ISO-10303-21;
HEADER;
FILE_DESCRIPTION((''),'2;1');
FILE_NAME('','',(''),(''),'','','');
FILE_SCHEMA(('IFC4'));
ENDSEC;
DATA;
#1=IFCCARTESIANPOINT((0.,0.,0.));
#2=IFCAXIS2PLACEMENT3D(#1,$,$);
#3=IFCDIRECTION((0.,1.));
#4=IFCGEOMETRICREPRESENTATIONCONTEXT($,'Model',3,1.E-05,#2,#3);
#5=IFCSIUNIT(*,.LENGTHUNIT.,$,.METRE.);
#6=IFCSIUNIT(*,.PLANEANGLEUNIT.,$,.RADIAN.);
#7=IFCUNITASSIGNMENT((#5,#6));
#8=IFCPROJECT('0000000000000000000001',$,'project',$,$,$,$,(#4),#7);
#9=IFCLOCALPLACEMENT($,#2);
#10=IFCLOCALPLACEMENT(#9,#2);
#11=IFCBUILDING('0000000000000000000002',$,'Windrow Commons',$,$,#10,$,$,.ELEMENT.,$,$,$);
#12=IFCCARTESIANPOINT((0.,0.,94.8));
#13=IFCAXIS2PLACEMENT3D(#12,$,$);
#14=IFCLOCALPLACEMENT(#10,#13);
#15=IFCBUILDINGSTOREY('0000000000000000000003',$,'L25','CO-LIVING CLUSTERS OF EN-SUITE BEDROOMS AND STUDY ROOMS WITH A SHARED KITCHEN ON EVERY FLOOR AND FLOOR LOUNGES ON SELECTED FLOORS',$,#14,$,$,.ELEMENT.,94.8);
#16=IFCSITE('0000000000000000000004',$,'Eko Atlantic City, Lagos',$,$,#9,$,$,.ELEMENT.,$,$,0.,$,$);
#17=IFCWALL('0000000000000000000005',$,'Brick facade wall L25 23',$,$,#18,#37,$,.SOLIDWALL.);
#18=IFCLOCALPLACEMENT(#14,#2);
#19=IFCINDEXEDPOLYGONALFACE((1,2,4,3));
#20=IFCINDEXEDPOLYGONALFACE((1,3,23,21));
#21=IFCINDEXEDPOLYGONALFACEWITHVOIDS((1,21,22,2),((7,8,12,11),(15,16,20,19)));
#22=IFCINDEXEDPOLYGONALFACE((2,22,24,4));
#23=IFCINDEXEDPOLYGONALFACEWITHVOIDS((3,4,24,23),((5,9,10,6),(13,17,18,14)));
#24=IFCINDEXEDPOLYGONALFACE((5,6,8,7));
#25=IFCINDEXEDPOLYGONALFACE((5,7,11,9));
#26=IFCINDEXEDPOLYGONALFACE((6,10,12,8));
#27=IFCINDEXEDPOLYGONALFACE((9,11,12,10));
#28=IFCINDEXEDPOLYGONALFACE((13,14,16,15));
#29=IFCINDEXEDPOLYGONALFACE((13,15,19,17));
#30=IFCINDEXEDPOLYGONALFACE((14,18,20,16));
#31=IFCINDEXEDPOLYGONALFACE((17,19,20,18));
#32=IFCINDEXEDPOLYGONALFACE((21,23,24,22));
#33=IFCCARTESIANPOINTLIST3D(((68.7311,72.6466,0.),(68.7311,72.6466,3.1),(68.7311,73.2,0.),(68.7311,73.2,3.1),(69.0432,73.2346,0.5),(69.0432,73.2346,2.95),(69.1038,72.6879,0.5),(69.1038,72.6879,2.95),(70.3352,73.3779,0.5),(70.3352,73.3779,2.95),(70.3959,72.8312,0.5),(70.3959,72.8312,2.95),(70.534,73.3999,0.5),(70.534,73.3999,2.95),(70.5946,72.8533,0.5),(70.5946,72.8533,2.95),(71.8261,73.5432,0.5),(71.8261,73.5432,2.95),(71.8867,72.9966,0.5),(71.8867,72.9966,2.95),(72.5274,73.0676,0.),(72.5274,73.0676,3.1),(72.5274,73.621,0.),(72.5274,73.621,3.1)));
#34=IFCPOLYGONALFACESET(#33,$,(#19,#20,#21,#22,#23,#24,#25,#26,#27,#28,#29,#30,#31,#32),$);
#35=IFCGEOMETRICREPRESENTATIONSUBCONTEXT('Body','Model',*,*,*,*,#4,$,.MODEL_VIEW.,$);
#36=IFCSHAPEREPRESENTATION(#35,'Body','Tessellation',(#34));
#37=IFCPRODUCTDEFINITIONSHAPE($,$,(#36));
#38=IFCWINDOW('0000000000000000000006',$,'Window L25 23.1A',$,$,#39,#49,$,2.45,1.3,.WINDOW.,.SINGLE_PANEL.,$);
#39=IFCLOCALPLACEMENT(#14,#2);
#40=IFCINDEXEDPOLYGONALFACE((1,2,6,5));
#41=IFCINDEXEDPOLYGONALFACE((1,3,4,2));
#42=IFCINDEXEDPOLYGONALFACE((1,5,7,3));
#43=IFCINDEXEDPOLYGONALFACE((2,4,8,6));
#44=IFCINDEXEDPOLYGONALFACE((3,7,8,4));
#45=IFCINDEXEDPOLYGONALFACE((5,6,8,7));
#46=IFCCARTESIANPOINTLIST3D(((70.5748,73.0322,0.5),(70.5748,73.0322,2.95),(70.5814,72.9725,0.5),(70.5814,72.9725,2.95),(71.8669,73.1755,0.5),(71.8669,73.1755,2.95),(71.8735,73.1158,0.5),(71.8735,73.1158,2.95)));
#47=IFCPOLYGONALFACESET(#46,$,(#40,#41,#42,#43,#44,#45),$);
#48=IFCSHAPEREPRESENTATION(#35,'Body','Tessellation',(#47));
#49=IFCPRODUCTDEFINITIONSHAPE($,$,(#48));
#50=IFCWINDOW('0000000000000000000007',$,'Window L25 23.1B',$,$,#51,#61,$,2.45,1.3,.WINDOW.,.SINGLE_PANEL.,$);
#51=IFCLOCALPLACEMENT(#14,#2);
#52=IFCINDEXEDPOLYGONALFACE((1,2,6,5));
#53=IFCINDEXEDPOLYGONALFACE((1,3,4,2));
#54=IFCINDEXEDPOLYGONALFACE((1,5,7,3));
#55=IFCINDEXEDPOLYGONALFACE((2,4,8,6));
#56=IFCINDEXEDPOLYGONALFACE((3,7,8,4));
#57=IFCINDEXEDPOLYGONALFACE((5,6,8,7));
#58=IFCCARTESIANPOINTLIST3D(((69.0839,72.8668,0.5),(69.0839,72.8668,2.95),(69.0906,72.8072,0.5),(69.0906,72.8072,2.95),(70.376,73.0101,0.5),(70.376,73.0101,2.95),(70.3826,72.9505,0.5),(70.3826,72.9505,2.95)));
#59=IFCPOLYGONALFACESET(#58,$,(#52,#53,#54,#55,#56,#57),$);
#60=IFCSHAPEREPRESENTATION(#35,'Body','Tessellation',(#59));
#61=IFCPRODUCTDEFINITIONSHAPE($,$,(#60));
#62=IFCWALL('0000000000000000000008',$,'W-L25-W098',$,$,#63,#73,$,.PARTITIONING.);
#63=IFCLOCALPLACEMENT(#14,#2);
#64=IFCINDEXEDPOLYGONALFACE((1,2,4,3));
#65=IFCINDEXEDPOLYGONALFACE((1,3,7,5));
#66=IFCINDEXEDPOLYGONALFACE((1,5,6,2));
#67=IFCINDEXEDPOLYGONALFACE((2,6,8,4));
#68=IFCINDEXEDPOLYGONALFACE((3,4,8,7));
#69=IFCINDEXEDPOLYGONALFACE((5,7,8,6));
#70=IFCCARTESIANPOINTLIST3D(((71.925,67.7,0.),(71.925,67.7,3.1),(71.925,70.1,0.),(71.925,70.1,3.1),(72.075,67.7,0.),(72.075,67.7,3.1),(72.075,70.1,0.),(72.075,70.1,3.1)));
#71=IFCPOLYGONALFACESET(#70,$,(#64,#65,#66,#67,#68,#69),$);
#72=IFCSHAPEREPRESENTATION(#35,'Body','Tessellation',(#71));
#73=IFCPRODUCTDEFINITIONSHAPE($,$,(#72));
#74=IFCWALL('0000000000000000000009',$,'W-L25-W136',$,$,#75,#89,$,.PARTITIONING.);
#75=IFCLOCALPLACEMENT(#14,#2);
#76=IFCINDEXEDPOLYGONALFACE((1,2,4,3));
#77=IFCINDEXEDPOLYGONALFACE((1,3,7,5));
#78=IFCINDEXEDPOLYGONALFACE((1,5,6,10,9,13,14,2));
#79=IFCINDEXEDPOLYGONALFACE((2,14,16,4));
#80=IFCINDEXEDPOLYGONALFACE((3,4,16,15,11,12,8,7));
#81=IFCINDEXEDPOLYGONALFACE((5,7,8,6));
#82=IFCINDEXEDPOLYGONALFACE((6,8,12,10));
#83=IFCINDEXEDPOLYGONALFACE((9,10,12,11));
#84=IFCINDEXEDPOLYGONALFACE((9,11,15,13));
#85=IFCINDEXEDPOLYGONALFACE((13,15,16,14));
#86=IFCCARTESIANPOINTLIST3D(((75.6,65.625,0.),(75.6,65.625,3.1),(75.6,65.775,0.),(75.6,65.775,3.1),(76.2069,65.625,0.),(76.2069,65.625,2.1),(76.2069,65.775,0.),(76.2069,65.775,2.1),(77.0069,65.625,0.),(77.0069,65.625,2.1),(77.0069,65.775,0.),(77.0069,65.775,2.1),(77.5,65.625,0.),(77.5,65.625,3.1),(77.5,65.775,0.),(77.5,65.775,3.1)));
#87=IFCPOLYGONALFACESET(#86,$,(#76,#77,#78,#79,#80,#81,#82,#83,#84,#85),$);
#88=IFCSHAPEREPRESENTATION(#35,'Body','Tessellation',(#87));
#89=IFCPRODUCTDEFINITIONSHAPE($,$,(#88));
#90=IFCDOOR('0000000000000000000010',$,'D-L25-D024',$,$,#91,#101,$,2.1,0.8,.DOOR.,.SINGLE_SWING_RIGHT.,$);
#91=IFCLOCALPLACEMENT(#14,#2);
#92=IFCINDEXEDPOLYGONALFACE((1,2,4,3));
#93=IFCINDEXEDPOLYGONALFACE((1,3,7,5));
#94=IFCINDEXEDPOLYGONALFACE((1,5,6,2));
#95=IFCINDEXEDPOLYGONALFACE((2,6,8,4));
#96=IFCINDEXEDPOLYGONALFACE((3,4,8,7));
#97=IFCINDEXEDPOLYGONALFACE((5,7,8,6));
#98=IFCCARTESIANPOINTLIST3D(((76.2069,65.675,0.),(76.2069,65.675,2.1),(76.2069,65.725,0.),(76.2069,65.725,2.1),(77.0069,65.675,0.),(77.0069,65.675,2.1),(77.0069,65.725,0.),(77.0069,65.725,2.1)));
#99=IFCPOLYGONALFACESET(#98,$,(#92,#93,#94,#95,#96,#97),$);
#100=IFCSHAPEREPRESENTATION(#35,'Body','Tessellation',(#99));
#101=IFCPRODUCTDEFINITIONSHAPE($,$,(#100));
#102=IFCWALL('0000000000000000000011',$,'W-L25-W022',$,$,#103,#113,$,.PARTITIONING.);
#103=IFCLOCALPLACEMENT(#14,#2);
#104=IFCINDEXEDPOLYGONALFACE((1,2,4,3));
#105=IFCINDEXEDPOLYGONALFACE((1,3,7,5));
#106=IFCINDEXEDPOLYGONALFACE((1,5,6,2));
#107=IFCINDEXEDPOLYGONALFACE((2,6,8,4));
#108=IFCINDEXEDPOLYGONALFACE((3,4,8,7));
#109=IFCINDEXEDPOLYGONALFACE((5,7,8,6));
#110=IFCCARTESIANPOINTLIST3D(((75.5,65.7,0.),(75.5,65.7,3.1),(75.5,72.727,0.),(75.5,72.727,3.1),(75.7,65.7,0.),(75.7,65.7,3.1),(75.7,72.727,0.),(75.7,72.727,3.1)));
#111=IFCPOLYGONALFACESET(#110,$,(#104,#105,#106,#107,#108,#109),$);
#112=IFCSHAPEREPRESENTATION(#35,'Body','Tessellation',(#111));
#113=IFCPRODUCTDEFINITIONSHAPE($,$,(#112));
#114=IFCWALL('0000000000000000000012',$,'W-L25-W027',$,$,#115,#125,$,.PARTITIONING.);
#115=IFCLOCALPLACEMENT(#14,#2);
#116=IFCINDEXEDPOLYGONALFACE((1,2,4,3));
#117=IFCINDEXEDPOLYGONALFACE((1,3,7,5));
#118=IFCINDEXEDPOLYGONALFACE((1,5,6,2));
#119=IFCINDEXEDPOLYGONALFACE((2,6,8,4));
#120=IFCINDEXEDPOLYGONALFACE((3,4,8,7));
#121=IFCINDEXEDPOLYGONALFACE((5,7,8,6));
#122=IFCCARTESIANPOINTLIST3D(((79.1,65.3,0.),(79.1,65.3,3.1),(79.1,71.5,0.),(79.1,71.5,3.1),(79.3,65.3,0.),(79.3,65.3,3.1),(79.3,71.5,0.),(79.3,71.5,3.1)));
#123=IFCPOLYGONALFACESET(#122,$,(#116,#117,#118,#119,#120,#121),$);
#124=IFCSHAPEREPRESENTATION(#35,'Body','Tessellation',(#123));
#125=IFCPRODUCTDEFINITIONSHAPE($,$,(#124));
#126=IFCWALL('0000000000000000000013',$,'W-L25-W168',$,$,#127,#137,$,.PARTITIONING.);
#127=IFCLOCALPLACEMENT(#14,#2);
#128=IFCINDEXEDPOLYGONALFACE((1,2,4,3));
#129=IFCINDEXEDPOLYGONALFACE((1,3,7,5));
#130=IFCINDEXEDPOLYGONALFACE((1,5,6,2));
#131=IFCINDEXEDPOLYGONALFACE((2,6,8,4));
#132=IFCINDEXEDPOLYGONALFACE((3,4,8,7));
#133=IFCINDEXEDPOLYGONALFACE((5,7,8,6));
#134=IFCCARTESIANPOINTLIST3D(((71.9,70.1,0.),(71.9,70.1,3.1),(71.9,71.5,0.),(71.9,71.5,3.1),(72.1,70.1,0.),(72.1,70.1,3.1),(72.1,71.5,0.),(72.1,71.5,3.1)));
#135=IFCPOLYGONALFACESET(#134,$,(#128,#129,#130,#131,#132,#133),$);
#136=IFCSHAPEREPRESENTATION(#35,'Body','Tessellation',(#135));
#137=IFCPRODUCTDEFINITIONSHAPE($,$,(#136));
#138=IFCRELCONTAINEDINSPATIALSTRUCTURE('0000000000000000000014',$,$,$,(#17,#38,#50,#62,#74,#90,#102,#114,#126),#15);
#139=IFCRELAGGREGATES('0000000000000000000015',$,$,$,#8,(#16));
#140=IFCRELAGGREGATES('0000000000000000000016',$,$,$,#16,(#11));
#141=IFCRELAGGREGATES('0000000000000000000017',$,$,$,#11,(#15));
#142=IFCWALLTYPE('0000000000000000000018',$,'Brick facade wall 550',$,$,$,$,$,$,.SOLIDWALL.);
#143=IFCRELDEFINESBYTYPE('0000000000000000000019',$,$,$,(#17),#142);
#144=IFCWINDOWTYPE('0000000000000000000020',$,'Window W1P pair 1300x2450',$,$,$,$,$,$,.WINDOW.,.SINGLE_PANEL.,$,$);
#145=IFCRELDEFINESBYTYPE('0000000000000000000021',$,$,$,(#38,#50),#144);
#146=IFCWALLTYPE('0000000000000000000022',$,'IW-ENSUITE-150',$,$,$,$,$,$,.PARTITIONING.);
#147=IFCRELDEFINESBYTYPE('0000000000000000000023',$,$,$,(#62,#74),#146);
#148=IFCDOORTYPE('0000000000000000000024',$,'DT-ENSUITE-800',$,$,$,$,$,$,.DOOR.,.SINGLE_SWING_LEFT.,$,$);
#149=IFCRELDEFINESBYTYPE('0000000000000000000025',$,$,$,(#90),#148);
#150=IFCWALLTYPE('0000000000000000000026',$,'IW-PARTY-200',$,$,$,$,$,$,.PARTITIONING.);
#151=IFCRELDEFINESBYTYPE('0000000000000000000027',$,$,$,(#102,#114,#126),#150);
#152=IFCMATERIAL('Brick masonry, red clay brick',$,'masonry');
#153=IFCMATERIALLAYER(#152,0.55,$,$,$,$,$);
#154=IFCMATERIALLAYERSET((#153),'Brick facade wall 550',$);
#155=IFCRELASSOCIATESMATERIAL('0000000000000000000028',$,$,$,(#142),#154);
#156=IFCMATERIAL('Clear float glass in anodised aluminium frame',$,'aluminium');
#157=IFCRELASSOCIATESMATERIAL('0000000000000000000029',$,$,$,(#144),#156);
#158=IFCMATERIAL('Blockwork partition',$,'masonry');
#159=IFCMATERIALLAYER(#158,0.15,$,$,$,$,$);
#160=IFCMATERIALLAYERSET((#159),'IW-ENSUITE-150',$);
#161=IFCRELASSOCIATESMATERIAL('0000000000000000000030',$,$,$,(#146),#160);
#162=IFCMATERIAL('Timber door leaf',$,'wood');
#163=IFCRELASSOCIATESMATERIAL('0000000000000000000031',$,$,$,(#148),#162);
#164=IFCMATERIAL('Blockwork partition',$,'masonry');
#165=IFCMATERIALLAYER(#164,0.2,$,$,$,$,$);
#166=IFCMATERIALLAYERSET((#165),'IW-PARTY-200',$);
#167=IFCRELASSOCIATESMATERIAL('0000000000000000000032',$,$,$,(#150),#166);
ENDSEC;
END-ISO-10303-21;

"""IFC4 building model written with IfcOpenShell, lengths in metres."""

from ifc_helpers import new_model, si_unit, direction, frame, frame_2d, origin, place, context, subcontext, project, spatial, polyline, rectangle, outline, extrude, material, layer, layer_set, type_object, element, fill, save


model = new_model("IFC4")

# Units and contexts
model_context = context("Model", 3, precision=1e-05, world=origin(), true_north=direction((0.0, 1.0)))
body_context = subcontext(model_context, "Body", "Model", "MODEL_VIEW")
ifc_project = project(units=[si_unit("LENGTHUNIT", "METRE"), si_unit("PLANEANGLEUNIT", "RADIAN")], contexts=[model_context])

# Site, building, storey
site_placement = place(None, origin())
site = spatial("IfcSite", under=ifc_project, at=site_placement, Name="Eko Atlantic City, Lagos", CompositionType="ELEMENT", RefElevation=0.0)
building_placement = place(site_placement, origin())
building = spatial("IfcBuilding", under=site, at=building_placement, Name="Windrow Commons", CompositionType="ELEMENT")
storey_placement = place(building_placement, frame((0.0, 0.0, 94.8)))
storey = spatial("IfcBuildingStorey", under=building, at=storey_placement, Name="L25", Description="CO-LIVING CLUSTERS OF EN-SUITE BEDROOMS AND STUDY ROOMS WITH A SHARED KITCHEN ON EVERY FLOOR AND FLOOR LOUNGES ON SELECTED FLOORS", CompositionType="ELEMENT", Elevation=94.8)

# Shared definitions
ifc_material_1 = material(Name="Brick masonry, red clay brick", Category="masonry")
ifc_layer_1 = layer(ifc_material_1, 0.55)
ifc_layer_set_1 = layer_set([ifc_layer_1], Name="Brick facade wall 550")
wall_type_1 = type_object("IfcWallType", Name="Brick facade wall 550", PredefinedType="SOLIDWALL", material=ifc_layer_set_1)

# Wall, openings, windows
wall_1_placement = place(storey_placement, frame((72.5274, 73.3443, 0.0), z_axis=(0.0, 0.0, 1.0), x_axis=(-0.993907, -0.110222, 0.0)))
wall_1 = element("IfcWall", 1, at=wall_1_placement, inside=storey, type_object=wall_type_1, Name="Brick facade wall L25 23", PredefinedType="SOLIDWALL", context=body_context, shape_type="SweptSolid", body=[
    extrude(outline(polyline([(-0.0305, -0.275), (3.7891, -0.275), (3.8501, 0.275), (0.0305, 0.275), (-0.0305, -0.275)])), origin(), (0.0, 0.0, 1.0), 3.1),
])
opening_1_placement = place(wall_1_placement, frame((0.6751, 0.0, 0.5)))
opening_1 = element("IfcOpeningElement", 2, at=opening_1_placement, cuts=wall_1, PredefinedType="OPENING", context=body_context, shape_type="SweptSolid", body=[
    extrude(rectangle(XDim=1.3, YDim=2.45, at=frame_2d((0.65, 1.225))), frame((0.0, 0.285, 0.0), z_axis=(0.0, -1.0, 0.0), x_axis=(1.0, 0.0, 0.0)), (0.0, 0.0, 1.0), 0.57),
])
opening_2_placement = place(wall_1_placement, frame((2.1751, 0.0, 0.5)))
opening_2 = element("IfcOpeningElement", 3, at=opening_2_placement, cuts=wall_1, PredefinedType="OPENING", context=body_context, shape_type="SweptSolid", body=[
    extrude(rectangle(XDim=1.3, YDim=2.45, at=frame_2d((0.65, 1.225))), frame((0.0, 0.285, 0.0), z_axis=(0.0, -1.0, 0.0), x_axis=(1.0, 0.0, 0.0)), (0.0, 0.0, 1.0), 0.57),
])
ifc_material_2 = material(Name="Clear float glass in anodised aluminium frame", Category="aluminium")
window_type_1 = type_object("IfcWindowType", Name="Window W1P pair 1300x2450", PartitioningType="SINGLE_PANEL", PredefinedType="WINDOW", material=ifc_material_2)
window_1_placement = place(opening_1_placement, origin())
window_1 = element("IfcWindow", 4, at=window_1_placement, inside=storey, type_object=window_type_1, Name="Window L25 23.1A", OverallHeight=2.45, OverallWidth=1.3, PartitioningType="SINGLE_PANEL", PredefinedType="WINDOW", context=body_context, shape_type="SweptSolid", body=[
    extrude(rectangle(XDim=1.3, YDim=2.45, at=frame_2d((0.65, 1.225))), frame((0.0, 0.155, 0.0), z_axis=(0.0, -1.0, 0.0), x_axis=(1.0, 0.0, 0.0)), (0.0, 0.0, 1.0), 0.06),
])
fill(opening_1, window_1)
window_2_placement = place(opening_2_placement, origin())
window_2 = element("IfcWindow", 5, at=window_2_placement, inside=storey, type_object=window_type_1, Name="Window L25 23.1B", OverallHeight=2.45, OverallWidth=1.3, PartitioningType="SINGLE_PANEL", PredefinedType="WINDOW", context=body_context, shape_type="SweptSolid", body=[
    extrude(rectangle(XDim=1.3, YDim=2.45, at=frame_2d((0.65, 1.225))), frame((0.0, 0.155, 0.0), z_axis=(0.0, -1.0, 0.0), x_axis=(1.0, 0.0, 0.0)), (0.0, 0.0, 1.0), 0.06),
])
fill(opening_2, window_2)

# Wall
ifc_material_3 = material(Name="Blockwork partition", Category="masonry")
ifc_layer_2 = layer(ifc_material_3, 0.15)
ifc_layer_set_2 = layer_set([ifc_layer_2], Name="IW-ENSUITE-150")
wall_type_2 = type_object("IfcWallType", Name="IW-ENSUITE-150", PredefinedType="PARTITIONING", material=ifc_layer_set_2)
wall_2_placement = place(storey_placement, frame((72.0, 67.7, 0.0), z_axis=(0.0, 0.0, 1.0), x_axis=(0.0, 1.0, 0.0)))
element("IfcWall", 6, at=wall_2_placement, inside=storey, type_object=wall_type_2, Name="W-L25-W098", PredefinedType="PARTITIONING", context=body_context, shape_type="SweptSolid", body=[
    extrude(rectangle(XDim=2.4, YDim=0.15, at=frame_2d((1.2, 0.0))), origin(), (0.0, 0.0, 1.0), 3.1),
])

# Wall, opening, door
wall_3_placement = place(storey_placement, frame((75.6, 65.7, 0.0), z_axis=(0.0, 0.0, 1.0), x_axis=(1.0, 0.0, 0.0)))
wall_3 = element("IfcWall", 7, at=wall_3_placement, inside=storey, type_object=wall_type_2, Name="W-L25-W136", PredefinedType="PARTITIONING", context=body_context, shape_type="SweptSolid", body=[
    extrude(rectangle(XDim=1.9, YDim=0.15, at=frame_2d((0.95, 0.0))), origin(), (0.0, 0.0, 1.0), 3.1),
])
opening_3_placement = place(wall_3_placement, frame((0.6069, 0.0, 0.0)))
opening_3 = element("IfcOpeningElement", 8, at=opening_3_placement, cuts=wall_3, PredefinedType="OPENING", context=body_context, shape_type="SweptSolid", body=[
    extrude(rectangle(XDim=0.8, YDim=2.1, at=frame_2d((0.4, 1.05))), frame((0.0, 0.085, 0.0), z_axis=(0.0, -1.0, 0.0), x_axis=(1.0, 0.0, 0.0)), (0.0, 0.0, 1.0), 0.17),
])
ifc_material_4 = material(Name="Timber door leaf", Category="wood")
door_type = type_object("IfcDoorType", Name="DT-ENSUITE-800", OperationType="SINGLE_SWING_LEFT", PredefinedType="DOOR", material=ifc_material_4)
door_placement = place(opening_3_placement, origin())
door = element("IfcDoor", 9, at=door_placement, inside=storey, type_object=door_type, Name="D-L25-D024", OperationType="SINGLE_SWING_RIGHT", OverallHeight=2.1, OverallWidth=0.8, PredefinedType="DOOR", context=body_context, shape_type="SweptSolid", body=[
    extrude(rectangle(XDim=0.8, YDim=2.1, at=frame_2d((0.4, 1.05))), frame((0.0, 0.025, 0.0), z_axis=(0.0, -1.0, 0.0), x_axis=(1.0, 0.0, 0.0)), (0.0, 0.0, 1.0), 0.05),
])
fill(opening_3, door)

# Walls
ifc_material_5 = material(Name="Blockwork partition", Category="masonry")
ifc_layer_3 = layer(ifc_material_5, 0.2)
ifc_layer_set_3 = layer_set([ifc_layer_3], Name="IW-PARTY-200")
wall_type_3 = type_object("IfcWallType", Name="IW-PARTY-200", PredefinedType="PARTITIONING", material=ifc_layer_set_3)
wall_4_placement = place(storey_placement, frame((75.6, 65.7, 0.0), z_axis=(0.0, 0.0, 1.0), x_axis=(0.0, 1.0, 0.0)))
element("IfcWall", 10, at=wall_4_placement, inside=storey, type_object=wall_type_3, Name="W-L25-W022", PredefinedType="PARTITIONING", context=body_context, shape_type="SweptSolid", body=[
    extrude(rectangle(XDim=7.0269, YDim=0.2, at=frame_2d((3.5135, 0.0))), origin(), (0.0, 0.0, 1.0), 3.1),
])
wall_5_placement = place(storey_placement, frame((79.2, 65.3, 0.0), z_axis=(0.0, 0.0, 1.0), x_axis=(0.0, 1.0, 0.0)))
element("IfcWall", 11, at=wall_5_placement, inside=storey, type_object=wall_type_3, Name="W-L25-W027", PredefinedType="PARTITIONING", context=body_context, shape_type="SweptSolid", body=[
    extrude(rectangle(XDim=6.2, YDim=0.2, at=frame_2d((3.1, 0.0))), origin(), (0.0, 0.0, 1.0), 3.1),
])
wall_6_placement = place(storey_placement, frame((72.0, 70.1, 0.0), z_axis=(0.0, 0.0, 1.0), x_axis=(0.0, 1.0, 0.0)))
element("IfcWall", 12, at=wall_6_placement, inside=storey, type_object=wall_type_3, Name="W-L25-W168", PredefinedType="PARTITIONING", context=body_context, shape_type="SweptSolid", body=[
    extrude(rectangle(XDim=1.4, YDim=0.2, at=frame_2d((0.7, 0.0))), origin(), (0.0, 0.0, 1.0), 3.1),
])

save(model, "model.ifc")
